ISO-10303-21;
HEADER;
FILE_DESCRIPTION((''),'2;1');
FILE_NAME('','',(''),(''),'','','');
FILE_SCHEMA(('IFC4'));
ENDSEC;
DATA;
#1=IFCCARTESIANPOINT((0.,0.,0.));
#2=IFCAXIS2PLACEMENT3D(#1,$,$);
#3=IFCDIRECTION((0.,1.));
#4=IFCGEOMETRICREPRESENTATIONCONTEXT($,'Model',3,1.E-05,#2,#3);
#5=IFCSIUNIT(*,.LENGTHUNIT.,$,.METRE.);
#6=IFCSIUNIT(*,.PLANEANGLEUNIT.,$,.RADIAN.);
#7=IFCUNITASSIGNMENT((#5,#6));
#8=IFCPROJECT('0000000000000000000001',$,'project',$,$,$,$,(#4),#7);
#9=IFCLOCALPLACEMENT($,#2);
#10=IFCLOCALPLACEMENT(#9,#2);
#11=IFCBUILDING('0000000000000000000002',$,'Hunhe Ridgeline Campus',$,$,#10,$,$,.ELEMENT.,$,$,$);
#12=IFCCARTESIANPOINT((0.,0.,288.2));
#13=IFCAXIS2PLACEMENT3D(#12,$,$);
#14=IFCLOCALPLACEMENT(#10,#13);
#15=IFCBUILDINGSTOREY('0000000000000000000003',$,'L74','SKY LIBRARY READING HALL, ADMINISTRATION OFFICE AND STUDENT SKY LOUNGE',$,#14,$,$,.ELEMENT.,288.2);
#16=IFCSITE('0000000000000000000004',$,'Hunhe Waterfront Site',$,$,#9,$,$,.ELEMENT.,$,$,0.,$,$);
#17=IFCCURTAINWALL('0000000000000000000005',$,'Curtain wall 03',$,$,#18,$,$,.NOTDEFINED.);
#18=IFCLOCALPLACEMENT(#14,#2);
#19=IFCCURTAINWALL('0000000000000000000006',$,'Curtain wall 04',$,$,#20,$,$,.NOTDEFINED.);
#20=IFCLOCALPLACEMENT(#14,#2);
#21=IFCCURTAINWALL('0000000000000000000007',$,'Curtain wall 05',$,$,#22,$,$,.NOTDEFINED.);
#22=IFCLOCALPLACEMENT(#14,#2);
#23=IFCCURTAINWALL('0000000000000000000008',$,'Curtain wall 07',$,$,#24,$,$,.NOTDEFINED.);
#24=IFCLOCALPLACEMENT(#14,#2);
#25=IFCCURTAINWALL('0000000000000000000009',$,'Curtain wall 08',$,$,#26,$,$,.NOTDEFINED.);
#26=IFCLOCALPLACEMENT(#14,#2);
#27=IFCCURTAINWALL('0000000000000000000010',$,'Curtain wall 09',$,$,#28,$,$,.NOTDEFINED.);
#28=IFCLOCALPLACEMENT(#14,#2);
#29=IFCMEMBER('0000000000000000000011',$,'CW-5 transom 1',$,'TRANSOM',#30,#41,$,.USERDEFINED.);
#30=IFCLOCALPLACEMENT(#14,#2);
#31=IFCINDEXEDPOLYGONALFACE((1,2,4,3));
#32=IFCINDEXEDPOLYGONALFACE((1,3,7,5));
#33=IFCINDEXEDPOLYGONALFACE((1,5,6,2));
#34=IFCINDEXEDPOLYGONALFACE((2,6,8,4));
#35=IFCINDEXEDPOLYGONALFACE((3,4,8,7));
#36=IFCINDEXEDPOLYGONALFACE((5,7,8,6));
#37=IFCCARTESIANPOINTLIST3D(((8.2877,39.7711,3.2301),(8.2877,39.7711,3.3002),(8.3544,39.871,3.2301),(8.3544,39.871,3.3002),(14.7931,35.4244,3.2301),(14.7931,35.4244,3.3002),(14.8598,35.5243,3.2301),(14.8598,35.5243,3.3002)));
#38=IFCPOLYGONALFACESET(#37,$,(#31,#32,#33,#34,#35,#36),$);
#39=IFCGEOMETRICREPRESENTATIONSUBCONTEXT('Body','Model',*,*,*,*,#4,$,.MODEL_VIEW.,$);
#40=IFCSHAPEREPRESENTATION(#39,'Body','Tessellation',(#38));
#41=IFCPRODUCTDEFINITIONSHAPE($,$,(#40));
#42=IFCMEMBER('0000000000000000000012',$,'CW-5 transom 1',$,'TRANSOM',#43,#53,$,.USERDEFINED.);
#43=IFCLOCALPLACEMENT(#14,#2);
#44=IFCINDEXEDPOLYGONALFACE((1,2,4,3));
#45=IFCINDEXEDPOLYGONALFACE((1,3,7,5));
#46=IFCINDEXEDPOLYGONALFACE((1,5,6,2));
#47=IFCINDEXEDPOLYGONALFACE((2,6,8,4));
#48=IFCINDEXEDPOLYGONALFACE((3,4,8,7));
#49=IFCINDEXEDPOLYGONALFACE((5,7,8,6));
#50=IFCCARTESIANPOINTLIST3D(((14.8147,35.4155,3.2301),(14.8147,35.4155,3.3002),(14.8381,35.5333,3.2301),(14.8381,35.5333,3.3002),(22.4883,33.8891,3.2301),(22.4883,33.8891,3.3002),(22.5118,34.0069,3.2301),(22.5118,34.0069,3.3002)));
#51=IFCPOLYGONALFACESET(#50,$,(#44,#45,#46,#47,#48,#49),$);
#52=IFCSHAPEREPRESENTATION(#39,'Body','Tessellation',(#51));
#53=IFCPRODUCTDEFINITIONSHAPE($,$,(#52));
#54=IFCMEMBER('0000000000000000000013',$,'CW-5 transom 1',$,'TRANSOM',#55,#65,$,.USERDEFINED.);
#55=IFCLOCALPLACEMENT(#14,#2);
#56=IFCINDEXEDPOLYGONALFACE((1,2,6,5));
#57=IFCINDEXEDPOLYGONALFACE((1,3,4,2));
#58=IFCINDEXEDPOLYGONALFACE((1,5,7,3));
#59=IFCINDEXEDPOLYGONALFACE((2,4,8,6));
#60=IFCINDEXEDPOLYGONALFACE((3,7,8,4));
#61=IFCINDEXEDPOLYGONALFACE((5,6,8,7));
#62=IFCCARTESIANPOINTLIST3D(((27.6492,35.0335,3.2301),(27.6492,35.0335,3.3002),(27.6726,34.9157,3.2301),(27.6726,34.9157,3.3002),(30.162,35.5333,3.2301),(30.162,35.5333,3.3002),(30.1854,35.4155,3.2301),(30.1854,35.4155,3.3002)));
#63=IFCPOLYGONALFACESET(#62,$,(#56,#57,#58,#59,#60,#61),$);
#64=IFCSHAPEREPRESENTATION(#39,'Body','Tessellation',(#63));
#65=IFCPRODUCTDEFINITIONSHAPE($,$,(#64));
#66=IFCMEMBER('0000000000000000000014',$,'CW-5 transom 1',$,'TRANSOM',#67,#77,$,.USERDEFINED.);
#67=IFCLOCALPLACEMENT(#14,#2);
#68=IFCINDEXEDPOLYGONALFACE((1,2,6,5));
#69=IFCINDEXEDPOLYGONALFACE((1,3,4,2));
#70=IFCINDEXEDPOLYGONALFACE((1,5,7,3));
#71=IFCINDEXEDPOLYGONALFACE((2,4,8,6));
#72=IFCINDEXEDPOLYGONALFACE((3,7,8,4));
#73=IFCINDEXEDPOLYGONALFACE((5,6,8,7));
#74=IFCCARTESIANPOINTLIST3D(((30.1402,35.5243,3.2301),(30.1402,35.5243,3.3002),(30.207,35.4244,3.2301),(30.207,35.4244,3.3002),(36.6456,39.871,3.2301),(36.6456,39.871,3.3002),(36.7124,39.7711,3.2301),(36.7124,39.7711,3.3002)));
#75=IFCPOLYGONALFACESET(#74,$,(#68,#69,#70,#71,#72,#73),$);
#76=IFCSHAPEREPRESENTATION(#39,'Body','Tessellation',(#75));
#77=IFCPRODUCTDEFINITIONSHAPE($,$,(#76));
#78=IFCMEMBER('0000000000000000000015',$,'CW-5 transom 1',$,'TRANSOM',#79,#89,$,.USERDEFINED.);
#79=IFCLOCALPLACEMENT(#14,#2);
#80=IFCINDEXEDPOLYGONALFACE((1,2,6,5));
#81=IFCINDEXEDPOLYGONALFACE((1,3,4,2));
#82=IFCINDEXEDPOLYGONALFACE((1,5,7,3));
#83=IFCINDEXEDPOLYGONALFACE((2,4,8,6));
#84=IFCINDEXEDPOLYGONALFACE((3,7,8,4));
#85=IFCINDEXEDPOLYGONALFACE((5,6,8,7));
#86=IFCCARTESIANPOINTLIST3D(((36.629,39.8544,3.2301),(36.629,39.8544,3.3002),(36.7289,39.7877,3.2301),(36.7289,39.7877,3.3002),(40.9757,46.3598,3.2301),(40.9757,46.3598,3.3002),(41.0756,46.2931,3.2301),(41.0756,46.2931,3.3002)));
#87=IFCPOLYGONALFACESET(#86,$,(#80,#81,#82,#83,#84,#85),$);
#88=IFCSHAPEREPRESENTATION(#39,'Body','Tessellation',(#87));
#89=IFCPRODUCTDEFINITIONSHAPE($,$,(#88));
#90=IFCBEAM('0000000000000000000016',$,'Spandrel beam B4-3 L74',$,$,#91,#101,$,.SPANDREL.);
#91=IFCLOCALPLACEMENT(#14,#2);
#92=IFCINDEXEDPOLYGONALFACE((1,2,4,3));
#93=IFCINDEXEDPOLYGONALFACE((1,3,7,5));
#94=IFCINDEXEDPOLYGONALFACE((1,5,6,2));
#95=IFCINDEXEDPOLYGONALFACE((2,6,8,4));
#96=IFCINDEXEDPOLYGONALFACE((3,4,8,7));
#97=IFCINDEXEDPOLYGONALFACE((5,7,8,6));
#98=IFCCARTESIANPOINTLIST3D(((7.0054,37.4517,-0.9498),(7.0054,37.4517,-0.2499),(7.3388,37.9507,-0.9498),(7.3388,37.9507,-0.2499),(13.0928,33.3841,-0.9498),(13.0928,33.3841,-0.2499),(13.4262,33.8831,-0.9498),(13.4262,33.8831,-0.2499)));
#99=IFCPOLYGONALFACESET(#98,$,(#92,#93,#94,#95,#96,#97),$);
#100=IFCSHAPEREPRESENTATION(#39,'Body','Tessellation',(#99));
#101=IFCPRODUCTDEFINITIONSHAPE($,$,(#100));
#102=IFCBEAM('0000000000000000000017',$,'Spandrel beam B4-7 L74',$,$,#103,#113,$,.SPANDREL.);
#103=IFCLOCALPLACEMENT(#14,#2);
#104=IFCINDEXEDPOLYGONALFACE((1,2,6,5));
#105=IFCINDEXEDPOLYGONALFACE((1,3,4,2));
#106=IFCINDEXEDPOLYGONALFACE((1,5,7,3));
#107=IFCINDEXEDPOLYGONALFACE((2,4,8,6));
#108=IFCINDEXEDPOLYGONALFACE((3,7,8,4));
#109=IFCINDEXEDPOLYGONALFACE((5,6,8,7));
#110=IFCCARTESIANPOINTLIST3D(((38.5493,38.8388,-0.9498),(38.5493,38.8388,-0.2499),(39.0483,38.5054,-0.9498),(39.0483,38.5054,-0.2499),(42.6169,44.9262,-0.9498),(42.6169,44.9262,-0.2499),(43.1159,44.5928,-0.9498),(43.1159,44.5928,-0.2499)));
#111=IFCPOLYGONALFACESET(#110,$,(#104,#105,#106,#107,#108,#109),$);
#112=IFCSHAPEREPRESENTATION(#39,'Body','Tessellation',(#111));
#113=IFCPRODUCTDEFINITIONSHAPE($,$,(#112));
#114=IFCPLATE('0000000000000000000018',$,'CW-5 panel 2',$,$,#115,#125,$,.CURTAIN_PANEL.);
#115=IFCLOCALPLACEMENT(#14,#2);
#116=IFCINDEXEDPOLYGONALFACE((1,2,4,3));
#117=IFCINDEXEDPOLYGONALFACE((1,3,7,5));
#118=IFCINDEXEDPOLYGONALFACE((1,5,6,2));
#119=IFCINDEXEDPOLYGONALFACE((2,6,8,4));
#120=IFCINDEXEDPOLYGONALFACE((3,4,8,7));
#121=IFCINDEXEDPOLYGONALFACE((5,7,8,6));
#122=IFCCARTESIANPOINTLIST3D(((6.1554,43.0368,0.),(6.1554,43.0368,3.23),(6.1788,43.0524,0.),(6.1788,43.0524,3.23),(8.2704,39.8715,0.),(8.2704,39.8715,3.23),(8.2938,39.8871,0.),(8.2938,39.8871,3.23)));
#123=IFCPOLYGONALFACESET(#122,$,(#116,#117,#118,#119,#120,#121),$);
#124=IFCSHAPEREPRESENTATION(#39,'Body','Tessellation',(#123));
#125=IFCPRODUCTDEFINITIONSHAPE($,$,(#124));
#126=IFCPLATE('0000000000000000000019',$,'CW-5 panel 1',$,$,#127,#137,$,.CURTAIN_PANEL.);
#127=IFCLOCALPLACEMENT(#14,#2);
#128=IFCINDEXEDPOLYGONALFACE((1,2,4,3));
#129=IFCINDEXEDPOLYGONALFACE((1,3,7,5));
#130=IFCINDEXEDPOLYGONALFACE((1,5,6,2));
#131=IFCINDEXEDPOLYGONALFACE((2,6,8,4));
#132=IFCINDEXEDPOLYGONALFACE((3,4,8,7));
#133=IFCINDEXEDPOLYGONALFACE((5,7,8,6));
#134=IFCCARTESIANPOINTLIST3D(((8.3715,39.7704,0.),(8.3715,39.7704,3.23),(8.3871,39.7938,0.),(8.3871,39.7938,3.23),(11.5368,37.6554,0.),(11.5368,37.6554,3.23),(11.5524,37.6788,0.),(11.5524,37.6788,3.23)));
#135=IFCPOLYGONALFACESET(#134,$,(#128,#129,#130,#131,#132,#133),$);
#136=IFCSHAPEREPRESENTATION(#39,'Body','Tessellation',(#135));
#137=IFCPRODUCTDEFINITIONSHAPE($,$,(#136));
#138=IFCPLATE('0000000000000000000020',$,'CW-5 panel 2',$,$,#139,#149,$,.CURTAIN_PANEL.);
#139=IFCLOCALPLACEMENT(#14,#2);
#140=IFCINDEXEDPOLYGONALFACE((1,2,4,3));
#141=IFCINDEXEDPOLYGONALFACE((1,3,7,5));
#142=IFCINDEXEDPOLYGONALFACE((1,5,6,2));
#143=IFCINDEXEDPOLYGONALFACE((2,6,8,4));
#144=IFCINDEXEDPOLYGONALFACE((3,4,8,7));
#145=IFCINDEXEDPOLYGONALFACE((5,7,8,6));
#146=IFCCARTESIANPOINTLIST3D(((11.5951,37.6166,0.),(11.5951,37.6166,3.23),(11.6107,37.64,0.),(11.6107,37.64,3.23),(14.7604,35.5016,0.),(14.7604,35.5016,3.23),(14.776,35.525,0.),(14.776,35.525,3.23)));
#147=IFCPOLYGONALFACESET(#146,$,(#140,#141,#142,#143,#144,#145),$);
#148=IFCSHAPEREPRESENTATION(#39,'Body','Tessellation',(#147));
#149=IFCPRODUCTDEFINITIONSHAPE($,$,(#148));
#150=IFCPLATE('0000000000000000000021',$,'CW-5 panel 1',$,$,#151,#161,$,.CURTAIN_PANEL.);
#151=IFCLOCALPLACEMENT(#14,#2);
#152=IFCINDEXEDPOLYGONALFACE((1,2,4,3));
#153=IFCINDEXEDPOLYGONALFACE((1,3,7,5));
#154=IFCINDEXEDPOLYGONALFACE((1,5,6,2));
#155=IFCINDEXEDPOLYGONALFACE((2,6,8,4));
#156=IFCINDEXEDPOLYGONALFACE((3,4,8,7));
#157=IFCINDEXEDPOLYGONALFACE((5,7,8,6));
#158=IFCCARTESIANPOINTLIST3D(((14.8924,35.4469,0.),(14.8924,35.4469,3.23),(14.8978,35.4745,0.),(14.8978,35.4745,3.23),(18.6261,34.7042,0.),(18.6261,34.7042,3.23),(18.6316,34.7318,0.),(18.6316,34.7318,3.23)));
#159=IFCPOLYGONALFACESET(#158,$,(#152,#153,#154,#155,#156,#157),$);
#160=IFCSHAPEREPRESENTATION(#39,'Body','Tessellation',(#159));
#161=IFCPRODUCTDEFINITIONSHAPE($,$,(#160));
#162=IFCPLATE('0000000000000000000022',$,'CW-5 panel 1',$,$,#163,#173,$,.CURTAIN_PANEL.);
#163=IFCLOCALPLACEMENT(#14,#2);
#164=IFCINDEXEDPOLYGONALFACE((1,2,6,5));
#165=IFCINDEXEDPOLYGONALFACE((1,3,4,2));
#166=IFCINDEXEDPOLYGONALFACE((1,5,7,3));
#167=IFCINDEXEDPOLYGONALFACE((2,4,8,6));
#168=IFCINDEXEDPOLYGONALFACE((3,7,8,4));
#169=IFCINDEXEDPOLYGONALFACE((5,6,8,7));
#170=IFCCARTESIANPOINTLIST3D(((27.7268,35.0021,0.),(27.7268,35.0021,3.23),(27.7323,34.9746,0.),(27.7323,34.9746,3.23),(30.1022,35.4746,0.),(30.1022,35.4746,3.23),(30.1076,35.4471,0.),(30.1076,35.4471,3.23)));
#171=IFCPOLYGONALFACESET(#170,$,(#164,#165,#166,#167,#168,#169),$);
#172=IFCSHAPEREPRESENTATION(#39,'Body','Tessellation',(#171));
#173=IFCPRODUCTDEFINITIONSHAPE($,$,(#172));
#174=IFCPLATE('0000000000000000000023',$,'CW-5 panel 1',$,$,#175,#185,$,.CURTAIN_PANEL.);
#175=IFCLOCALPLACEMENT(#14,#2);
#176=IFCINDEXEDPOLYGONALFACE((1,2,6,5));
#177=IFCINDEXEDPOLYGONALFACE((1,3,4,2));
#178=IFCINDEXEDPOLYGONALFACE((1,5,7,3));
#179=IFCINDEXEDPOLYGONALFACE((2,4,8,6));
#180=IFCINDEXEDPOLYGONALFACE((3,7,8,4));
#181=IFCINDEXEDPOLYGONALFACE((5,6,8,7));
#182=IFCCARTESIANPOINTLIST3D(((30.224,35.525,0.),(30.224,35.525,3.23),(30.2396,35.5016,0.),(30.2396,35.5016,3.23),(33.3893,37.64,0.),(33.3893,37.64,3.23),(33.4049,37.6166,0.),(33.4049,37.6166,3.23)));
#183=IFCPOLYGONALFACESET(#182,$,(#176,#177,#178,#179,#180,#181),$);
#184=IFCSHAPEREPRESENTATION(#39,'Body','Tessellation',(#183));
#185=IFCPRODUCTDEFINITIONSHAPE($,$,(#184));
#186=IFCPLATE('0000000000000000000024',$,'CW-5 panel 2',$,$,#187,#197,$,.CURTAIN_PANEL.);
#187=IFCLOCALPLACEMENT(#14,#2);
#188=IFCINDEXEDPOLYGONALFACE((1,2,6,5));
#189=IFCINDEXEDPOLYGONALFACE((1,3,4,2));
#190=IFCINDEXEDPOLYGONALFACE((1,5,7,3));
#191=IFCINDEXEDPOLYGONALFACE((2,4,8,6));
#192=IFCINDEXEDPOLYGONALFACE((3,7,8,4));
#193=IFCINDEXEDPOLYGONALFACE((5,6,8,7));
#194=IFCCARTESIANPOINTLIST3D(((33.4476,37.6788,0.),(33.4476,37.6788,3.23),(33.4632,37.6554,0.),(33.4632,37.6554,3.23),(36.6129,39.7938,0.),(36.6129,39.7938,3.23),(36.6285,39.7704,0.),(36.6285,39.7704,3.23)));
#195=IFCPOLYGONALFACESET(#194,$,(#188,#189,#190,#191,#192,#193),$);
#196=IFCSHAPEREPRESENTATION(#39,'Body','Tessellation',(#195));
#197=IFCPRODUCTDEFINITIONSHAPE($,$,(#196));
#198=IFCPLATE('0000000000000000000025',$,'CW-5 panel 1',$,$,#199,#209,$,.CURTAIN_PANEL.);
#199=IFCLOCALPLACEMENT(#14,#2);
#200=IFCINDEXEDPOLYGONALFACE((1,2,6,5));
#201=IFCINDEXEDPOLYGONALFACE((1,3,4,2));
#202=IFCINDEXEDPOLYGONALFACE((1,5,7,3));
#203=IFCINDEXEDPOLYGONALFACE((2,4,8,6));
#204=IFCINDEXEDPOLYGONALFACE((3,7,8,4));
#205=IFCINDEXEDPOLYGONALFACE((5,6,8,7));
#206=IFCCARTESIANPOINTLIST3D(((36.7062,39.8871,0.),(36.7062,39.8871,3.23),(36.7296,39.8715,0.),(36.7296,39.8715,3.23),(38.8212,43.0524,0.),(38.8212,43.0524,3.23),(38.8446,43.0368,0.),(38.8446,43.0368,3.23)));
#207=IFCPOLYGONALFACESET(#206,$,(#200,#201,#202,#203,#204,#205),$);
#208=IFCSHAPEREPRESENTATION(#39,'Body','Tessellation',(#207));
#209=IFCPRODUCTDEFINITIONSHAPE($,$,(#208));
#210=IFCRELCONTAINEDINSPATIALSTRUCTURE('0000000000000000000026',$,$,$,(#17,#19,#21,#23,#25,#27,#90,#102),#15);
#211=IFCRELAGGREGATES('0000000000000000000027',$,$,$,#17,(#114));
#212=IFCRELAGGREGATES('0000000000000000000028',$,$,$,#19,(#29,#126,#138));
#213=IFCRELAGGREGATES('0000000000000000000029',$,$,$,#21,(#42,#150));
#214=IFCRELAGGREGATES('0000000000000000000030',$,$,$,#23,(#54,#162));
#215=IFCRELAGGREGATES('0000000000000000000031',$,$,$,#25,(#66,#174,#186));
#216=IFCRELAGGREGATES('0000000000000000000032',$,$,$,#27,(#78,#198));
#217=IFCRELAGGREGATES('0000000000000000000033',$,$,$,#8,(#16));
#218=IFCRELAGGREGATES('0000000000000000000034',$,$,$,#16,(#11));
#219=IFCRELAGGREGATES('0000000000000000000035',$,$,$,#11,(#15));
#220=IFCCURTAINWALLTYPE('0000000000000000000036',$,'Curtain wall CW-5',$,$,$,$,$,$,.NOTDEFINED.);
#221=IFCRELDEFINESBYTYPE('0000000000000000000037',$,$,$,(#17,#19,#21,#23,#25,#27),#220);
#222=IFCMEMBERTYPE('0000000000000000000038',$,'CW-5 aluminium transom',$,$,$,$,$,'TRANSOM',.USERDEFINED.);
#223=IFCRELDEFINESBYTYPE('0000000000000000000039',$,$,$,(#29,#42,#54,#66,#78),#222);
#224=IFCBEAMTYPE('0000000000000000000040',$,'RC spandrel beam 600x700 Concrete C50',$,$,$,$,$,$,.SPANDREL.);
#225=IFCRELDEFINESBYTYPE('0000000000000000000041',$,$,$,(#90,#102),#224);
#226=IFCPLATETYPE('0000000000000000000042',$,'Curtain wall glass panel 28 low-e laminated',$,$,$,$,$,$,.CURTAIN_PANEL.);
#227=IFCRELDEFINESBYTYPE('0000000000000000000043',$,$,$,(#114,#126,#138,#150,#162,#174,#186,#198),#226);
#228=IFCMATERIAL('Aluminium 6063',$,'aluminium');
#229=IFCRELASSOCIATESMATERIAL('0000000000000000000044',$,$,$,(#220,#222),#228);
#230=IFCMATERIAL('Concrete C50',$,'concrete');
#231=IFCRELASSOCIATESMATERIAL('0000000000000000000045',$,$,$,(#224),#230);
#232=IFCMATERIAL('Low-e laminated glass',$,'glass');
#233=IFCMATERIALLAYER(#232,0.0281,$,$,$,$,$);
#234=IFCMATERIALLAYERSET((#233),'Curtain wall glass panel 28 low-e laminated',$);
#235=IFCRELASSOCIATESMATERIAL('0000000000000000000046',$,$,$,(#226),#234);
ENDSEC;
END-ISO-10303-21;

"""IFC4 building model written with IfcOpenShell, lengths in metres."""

from ifc_helpers import new_model, si_unit, direction, frame, origin, origin_2d, place, context, subcontext, project, spatial, rectangle, extrude, material, layer, layer_set, material_profile, profile_set, type_object, element, aggregate, save


model = new_model("IFC4")

# Units and contexts
model_context = context("Model", 3, precision=1e-05, world=origin(), true_north=direction((0.0, 1.0)))
body_context = subcontext(model_context, "Body", "Model", "MODEL_VIEW")
ifc_project = project(units=[si_unit("LENGTHUNIT", "METRE"), si_unit("PLANEANGLEUNIT", "RADIAN")], contexts=[model_context])

# Site, building, storey
site_placement = place(None, origin())
site = spatial("IfcSite", under=ifc_project, at=site_placement, Name="Hunhe Waterfront Site", CompositionType="ELEMENT", RefElevation=0.0)
building_placement = place(site_placement, origin())
building = spatial("IfcBuilding", under=site, at=building_placement, Name="Hunhe Ridgeline Campus", CompositionType="ELEMENT")
storey_placement = place(building_placement, frame((0.0, 0.0, 288.2)))
storey = spatial("IfcBuildingStorey", under=building, at=storey_placement, Name="L74", Description="SKY LIBRARY READING HALL, ADMINISTRATION OFFICE AND STUDENT SKY LOUNGE", CompositionType="ELEMENT", Elevation=288.2)

# Shared definitions
ifc_material_1 = material(Name="Concrete C50", Category="concrete")

# Curtain walls
ifc_material_2 = material(Name="Aluminium 6063", Category="aluminium")
curtain_wall_type = type_object("IfcCurtainWallType", Name="Curtain wall CW-5", PredefinedType="NOTDEFINED", material=ifc_material_2)
curtain_wall_1_placement = place(storey_placement, origin())
curtain_wall_1 = element("IfcCurtainWall", 1, at=curtain_wall_1_placement, inside=storey, type_object=curtain_wall_type, Name="Curtain wall 03", PredefinedType="NOTDEFINED")
curtain_wall_2_placement = place(storey_placement, origin())
curtain_wall_2 = element("IfcCurtainWall", 2, at=curtain_wall_2_placement, inside=storey, type_object=curtain_wall_type, Name="Curtain wall 04", PredefinedType="NOTDEFINED")
curtain_wall_3_placement = place(storey_placement, origin())
curtain_wall_3 = element("IfcCurtainWall", 3, at=curtain_wall_3_placement, inside=storey, type_object=curtain_wall_type, Name="Curtain wall 05", PredefinedType="NOTDEFINED")
curtain_wall_4_placement = place(storey_placement, origin())
curtain_wall_4 = element("IfcCurtainWall", 4, at=curtain_wall_4_placement, inside=storey, type_object=curtain_wall_type, Name="Curtain wall 07", PredefinedType="NOTDEFINED")
curtain_wall_5_placement = place(storey_placement, origin())
curtain_wall_5 = element("IfcCurtainWall", 5, at=curtain_wall_5_placement, inside=storey, type_object=curtain_wall_type, Name="Curtain wall 08", PredefinedType="NOTDEFINED")

# Curtain wall
curtain_wall_6_placement = place(storey_placement, origin())
curtain_wall_6 = element("IfcCurtainWall", 6, at=curtain_wall_6_placement, inside=storey, type_object=curtain_wall_type, Name="Curtain wall 09", PredefinedType="NOTDEFINED")

# Members
ifc_material_profile_1 = material_profile(ifc_material_2, rectangle(XDim=0.1201, YDim=0.0701, at=origin_2d()))
ifc_profile_set_1 = profile_set([ifc_material_profile_1], Name="Aluminium 6063")
member_type_1 = type_object("IfcMemberType", Name="CW-5 aluminium transom", ElementType="TRANSOM", PredefinedType="USERDEFINED", material=ifc_profile_set_1)
member_1_placement = place(storey_placement, frame((8.321, 39.821, 3.2651), z_axis=(0.831474, -0.555564, 0.0), x_axis=(0.555564, 0.831474, 0.0)))
member_1 = element("IfcMember", 7, at=member_1_placement, type_object=member_type_1, Name="CW-5 transom 1", ObjectType="TRANSOM", PredefinedType="USERDEFINED", context=body_context, shape_type="SweptSolid", body=[
    extrude(rectangle(XDim=0.1201, YDim=0.0701, at=origin_2d()), origin(), (0.0, 0.0, 1.0), 7.824),
])
member_2_placement = place(storey_placement, frame((14.8264, 35.4744, 3.2651), z_axis=(0.980785, -0.19509, 0.0), x_axis=(0.19509, 0.980785, 0.0)))
member_2 = element("IfcMember", 8, at=member_2_placement, type_object=member_type_1, Name="CW-5 transom 1", ObjectType="TRANSOM", PredefinedType="USERDEFINED", context=body_context, shape_type="SweptSolid", body=[
    extrude(rectangle(XDim=0.1201, YDim=0.0701, at=origin_2d()), origin(), (0.0, 0.0, 1.0), 7.824),
])
member_3_placement = place(storey_placement, frame((27.6609, 34.9746, 3.2651), z_axis=(0.980789, 0.195071, 0.0), x_axis=(-0.195071, 0.980789, 0.0)))
member_3 = element("IfcMember", 9, at=member_3_placement, type_object=member_type_1, Name="CW-5 transom 1", ObjectType="TRANSOM", PredefinedType="USERDEFINED", context=body_context, shape_type="SweptSolid", body=[
    extrude(rectangle(XDim=0.1201, YDim=0.0701, at=origin_2d()), origin(), (0.0, 0.0, 1.0), 2.562),
])
member_4_placement = place(storey_placement, frame((30.1736, 35.4744, 3.2651), z_axis=(0.831474, 0.555564, 0.0), x_axis=(-0.555564, 0.831474, 0.0)))
member_4 = element("IfcMember", 10, at=member_4_placement, type_object=member_type_1, Name="CW-5 transom 1", ObjectType="TRANSOM", PredefinedType="USERDEFINED", context=body_context, shape_type="SweptSolid", body=[
    extrude(rectangle(XDim=0.1201, YDim=0.0701, at=origin_2d()), origin(), (0.0, 0.0, 1.0), 7.824),
])
member_5_placement = place(storey_placement, frame((36.679, 39.821, 3.2651), z_axis=(0.555564, 0.831474, 0.0), x_axis=(-0.831474, 0.555564, 0.0)))
member_5 = element("IfcMember", 11, at=member_5_placement, type_object=member_type_1, Name="CW-5 transom 1", ObjectType="TRANSOM", PredefinedType="USERDEFINED", context=body_context, shape_type="SweptSolid", body=[
    extrude(rectangle(XDim=0.1201, YDim=0.0701, at=origin_2d()), origin(), (0.0, 0.0, 1.0), 7.824),
])

# Beams
ifc_material_profile_2 = material_profile(ifc_material_1, rectangle(XDim=0.6001, YDim=0.7, at=origin_2d()))
ifc_profile_set_2 = profile_set([ifc_material_profile_2], Name="Concrete C50")
beam_type = type_object("IfcBeamType", Name="RC spandrel beam 600x700 Concrete C50", PredefinedType="SPANDREL", material=ifc_profile_set_2)
for number, where, z_axis, x_axis, name in (
    (12, (7.1721, 37.7012, -0.5999), (0.83146, -0.555585, 0.0), (0.555585, 0.83146, 0.0), "Spandrel beam B4-3 L74"),
    (13, (38.7988, 38.6721, -0.5999), (0.555585, 0.83146, 0.0), (-0.83146, 0.555585, 0.0), "Spandrel beam B4-7 L74"),
):
    element("IfcBeam", number, at=place(storey_placement, frame(where, z_axis=z_axis, x_axis=x_axis)), inside=storey, type_object=beam_type, Name=name, PredefinedType="SPANDREL", context=body_context, shape_type="SweptSolid", body=[
        extrude(rectangle(XDim=0.6001, YDim=0.7, at=origin_2d()), origin(), (0.0, 0.0, 1.0), 7.3213),
    ])

# Plates
ifc_material_3 = material(Name="Low-e laminated glass", Category="glass")
ifc_layer_1 = layer(ifc_material_3, 0.0281)
ifc_layer_set_1 = layer_set([ifc_layer_1], Name="Curtain wall glass panel 28 low-e laminated")
plate_type = type_object("IfcPlateType", Name="Curtain wall glass panel 28 low-e laminated", PredefinedType="CURTAIN_PANEL", material=ifc_layer_set_1)
plate_1_placement = place(storey_placement, frame((7.2246, 41.4619, 0.0), z_axis=(0.0, 0.0, 1.0), x_axis=(0.55557, -0.83147, 0.0)))
plate_1 = element("IfcPlate", 14, at=plate_1_placement, type_object=plate_type, Name="CW-5 panel 2", PredefinedType="CURTAIN_PANEL", context=body_context, shape_type="SweptSolid", body=[
    extrude(rectangle(XDim=3.8069, YDim=0.0281, at=origin_2d()), origin(), (0.0, 0.0, 1.0), 3.23),
])
aggregate(curtain_wall_1, [plate_1])
plate_2_placement = place(storey_placement, frame((9.9619, 38.7246, 0.0), z_axis=(0.0, 0.0, 1.0), x_axis=(0.83147, -0.55557, 0.0)))
plate_2 = element("IfcPlate", 15, at=plate_2_placement, type_object=plate_type, Name="CW-5 panel 1", PredefinedType="CURTAIN_PANEL", context=body_context, shape_type="SweptSolid", body=[
    extrude(rectangle(XDim=3.8069, YDim=0.0281, at=origin_2d()), origin(), (0.0, 0.0, 1.0), 3.23),
])
plate_3_placement = place(storey_placement, frame((13.1855, 36.5708, 0.0), z_axis=(0.0, 0.0, 1.0), x_axis=(0.83147, -0.55557, 0.0)))
plate_3 = element("IfcPlate", 16, at=plate_3_placement, type_object=plate_type, Name="CW-5 panel 2", PredefinedType="CURTAIN_PANEL", context=body_context, shape_type="SweptSolid", body=[
    extrude(rectangle(XDim=3.8069, YDim=0.0281, at=origin_2d()), origin(), (0.0, 0.0, 1.0), 3.23),
])
aggregate(curtain_wall_2, [member_1, plate_2, plate_3])
plate_4_placement = place(storey_placement, frame((16.762, 35.0894, 0.0), z_axis=(0.0, 0.0, 1.0), x_axis=(0.980785, -0.19509, 0.0)))
plate_4 = element("IfcPlate", 17, at=plate_4_placement, type_object=plate_type, Name="CW-5 panel 1", PredefinedType="CURTAIN_PANEL", context=body_context, shape_type="SweptSolid", body=[
    extrude(rectangle(XDim=3.8069, YDim=0.0281, at=origin_2d()), origin(), (0.0, 0.0, 1.0), 3.23),
])
aggregate(curtain_wall_3, [member_2, plate_4])
plate_5_placement = place(storey_placement, frame((28.9172, 35.2246, 0.0), z_axis=(0.0, 0.0, 1.0), x_axis=(0.980785, 0.195091, 0.0)))
plate_5 = element("IfcPlate", 18, at=plate_5_placement, type_object=plate_type, Name="CW-5 panel 1", PredefinedType="CURTAIN_PANEL", context=body_context, shape_type="SweptSolid", body=[
    extrude(rectangle(XDim=2.4219, YDim=0.0281, at=origin_2d()), origin(), (0.0, 0.0, 1.0), 3.23),
])
aggregate(curtain_wall_4, [member_3, plate_5])
plate_6_placement = place(storey_placement, frame((31.8145, 36.5708, 0.0), z_axis=(0.0, 0.0, 1.0), x_axis=(0.83147, 0.55557, 0.0)))
plate_6 = element("IfcPlate", 19, at=plate_6_placement, type_object=plate_type, Name="CW-5 panel 1", PredefinedType="CURTAIN_PANEL", context=body_context, shape_type="SweptSolid", body=[
    extrude(rectangle(XDim=3.8069, YDim=0.0281, at=origin_2d()), origin(), (0.0, 0.0, 1.0), 3.23),
])
plate_7_placement = place(storey_placement, frame((35.0381, 38.7246, 0.0), z_axis=(0.0, 0.0, 1.0), x_axis=(0.83147, 0.55557, 0.0)))
plate_7 = element("IfcPlate", 20, at=plate_7_placement, type_object=plate_type, Name="CW-5 panel 2", PredefinedType="CURTAIN_PANEL", context=body_context, shape_type="SweptSolid", body=[
    extrude(rectangle(XDim=3.8069, YDim=0.0281, at=origin_2d()), origin(), (0.0, 0.0, 1.0), 3.23),
])
aggregate(curtain_wall_5, [member_4, plate_6, plate_7])
plate_8_placement = place(storey_placement, frame((37.7754, 41.4619, 0.0), z_axis=(0.0, 0.0, 1.0), x_axis=(0.55557, 0.83147, 0.0)))
plate_8 = element("IfcPlate", 21, at=plate_8_placement, type_object=plate_type, Name="CW-5 panel 1", PredefinedType="CURTAIN_PANEL", context=body_context, shape_type="SweptSolid", body=[
    extrude(rectangle(XDim=3.8069, YDim=0.0281, at=origin_2d()), origin(), (0.0, 0.0, 1.0), 3.23),
])
aggregate(curtain_wall_6, [member_5, plate_8])

save(model, "model.ifc")
